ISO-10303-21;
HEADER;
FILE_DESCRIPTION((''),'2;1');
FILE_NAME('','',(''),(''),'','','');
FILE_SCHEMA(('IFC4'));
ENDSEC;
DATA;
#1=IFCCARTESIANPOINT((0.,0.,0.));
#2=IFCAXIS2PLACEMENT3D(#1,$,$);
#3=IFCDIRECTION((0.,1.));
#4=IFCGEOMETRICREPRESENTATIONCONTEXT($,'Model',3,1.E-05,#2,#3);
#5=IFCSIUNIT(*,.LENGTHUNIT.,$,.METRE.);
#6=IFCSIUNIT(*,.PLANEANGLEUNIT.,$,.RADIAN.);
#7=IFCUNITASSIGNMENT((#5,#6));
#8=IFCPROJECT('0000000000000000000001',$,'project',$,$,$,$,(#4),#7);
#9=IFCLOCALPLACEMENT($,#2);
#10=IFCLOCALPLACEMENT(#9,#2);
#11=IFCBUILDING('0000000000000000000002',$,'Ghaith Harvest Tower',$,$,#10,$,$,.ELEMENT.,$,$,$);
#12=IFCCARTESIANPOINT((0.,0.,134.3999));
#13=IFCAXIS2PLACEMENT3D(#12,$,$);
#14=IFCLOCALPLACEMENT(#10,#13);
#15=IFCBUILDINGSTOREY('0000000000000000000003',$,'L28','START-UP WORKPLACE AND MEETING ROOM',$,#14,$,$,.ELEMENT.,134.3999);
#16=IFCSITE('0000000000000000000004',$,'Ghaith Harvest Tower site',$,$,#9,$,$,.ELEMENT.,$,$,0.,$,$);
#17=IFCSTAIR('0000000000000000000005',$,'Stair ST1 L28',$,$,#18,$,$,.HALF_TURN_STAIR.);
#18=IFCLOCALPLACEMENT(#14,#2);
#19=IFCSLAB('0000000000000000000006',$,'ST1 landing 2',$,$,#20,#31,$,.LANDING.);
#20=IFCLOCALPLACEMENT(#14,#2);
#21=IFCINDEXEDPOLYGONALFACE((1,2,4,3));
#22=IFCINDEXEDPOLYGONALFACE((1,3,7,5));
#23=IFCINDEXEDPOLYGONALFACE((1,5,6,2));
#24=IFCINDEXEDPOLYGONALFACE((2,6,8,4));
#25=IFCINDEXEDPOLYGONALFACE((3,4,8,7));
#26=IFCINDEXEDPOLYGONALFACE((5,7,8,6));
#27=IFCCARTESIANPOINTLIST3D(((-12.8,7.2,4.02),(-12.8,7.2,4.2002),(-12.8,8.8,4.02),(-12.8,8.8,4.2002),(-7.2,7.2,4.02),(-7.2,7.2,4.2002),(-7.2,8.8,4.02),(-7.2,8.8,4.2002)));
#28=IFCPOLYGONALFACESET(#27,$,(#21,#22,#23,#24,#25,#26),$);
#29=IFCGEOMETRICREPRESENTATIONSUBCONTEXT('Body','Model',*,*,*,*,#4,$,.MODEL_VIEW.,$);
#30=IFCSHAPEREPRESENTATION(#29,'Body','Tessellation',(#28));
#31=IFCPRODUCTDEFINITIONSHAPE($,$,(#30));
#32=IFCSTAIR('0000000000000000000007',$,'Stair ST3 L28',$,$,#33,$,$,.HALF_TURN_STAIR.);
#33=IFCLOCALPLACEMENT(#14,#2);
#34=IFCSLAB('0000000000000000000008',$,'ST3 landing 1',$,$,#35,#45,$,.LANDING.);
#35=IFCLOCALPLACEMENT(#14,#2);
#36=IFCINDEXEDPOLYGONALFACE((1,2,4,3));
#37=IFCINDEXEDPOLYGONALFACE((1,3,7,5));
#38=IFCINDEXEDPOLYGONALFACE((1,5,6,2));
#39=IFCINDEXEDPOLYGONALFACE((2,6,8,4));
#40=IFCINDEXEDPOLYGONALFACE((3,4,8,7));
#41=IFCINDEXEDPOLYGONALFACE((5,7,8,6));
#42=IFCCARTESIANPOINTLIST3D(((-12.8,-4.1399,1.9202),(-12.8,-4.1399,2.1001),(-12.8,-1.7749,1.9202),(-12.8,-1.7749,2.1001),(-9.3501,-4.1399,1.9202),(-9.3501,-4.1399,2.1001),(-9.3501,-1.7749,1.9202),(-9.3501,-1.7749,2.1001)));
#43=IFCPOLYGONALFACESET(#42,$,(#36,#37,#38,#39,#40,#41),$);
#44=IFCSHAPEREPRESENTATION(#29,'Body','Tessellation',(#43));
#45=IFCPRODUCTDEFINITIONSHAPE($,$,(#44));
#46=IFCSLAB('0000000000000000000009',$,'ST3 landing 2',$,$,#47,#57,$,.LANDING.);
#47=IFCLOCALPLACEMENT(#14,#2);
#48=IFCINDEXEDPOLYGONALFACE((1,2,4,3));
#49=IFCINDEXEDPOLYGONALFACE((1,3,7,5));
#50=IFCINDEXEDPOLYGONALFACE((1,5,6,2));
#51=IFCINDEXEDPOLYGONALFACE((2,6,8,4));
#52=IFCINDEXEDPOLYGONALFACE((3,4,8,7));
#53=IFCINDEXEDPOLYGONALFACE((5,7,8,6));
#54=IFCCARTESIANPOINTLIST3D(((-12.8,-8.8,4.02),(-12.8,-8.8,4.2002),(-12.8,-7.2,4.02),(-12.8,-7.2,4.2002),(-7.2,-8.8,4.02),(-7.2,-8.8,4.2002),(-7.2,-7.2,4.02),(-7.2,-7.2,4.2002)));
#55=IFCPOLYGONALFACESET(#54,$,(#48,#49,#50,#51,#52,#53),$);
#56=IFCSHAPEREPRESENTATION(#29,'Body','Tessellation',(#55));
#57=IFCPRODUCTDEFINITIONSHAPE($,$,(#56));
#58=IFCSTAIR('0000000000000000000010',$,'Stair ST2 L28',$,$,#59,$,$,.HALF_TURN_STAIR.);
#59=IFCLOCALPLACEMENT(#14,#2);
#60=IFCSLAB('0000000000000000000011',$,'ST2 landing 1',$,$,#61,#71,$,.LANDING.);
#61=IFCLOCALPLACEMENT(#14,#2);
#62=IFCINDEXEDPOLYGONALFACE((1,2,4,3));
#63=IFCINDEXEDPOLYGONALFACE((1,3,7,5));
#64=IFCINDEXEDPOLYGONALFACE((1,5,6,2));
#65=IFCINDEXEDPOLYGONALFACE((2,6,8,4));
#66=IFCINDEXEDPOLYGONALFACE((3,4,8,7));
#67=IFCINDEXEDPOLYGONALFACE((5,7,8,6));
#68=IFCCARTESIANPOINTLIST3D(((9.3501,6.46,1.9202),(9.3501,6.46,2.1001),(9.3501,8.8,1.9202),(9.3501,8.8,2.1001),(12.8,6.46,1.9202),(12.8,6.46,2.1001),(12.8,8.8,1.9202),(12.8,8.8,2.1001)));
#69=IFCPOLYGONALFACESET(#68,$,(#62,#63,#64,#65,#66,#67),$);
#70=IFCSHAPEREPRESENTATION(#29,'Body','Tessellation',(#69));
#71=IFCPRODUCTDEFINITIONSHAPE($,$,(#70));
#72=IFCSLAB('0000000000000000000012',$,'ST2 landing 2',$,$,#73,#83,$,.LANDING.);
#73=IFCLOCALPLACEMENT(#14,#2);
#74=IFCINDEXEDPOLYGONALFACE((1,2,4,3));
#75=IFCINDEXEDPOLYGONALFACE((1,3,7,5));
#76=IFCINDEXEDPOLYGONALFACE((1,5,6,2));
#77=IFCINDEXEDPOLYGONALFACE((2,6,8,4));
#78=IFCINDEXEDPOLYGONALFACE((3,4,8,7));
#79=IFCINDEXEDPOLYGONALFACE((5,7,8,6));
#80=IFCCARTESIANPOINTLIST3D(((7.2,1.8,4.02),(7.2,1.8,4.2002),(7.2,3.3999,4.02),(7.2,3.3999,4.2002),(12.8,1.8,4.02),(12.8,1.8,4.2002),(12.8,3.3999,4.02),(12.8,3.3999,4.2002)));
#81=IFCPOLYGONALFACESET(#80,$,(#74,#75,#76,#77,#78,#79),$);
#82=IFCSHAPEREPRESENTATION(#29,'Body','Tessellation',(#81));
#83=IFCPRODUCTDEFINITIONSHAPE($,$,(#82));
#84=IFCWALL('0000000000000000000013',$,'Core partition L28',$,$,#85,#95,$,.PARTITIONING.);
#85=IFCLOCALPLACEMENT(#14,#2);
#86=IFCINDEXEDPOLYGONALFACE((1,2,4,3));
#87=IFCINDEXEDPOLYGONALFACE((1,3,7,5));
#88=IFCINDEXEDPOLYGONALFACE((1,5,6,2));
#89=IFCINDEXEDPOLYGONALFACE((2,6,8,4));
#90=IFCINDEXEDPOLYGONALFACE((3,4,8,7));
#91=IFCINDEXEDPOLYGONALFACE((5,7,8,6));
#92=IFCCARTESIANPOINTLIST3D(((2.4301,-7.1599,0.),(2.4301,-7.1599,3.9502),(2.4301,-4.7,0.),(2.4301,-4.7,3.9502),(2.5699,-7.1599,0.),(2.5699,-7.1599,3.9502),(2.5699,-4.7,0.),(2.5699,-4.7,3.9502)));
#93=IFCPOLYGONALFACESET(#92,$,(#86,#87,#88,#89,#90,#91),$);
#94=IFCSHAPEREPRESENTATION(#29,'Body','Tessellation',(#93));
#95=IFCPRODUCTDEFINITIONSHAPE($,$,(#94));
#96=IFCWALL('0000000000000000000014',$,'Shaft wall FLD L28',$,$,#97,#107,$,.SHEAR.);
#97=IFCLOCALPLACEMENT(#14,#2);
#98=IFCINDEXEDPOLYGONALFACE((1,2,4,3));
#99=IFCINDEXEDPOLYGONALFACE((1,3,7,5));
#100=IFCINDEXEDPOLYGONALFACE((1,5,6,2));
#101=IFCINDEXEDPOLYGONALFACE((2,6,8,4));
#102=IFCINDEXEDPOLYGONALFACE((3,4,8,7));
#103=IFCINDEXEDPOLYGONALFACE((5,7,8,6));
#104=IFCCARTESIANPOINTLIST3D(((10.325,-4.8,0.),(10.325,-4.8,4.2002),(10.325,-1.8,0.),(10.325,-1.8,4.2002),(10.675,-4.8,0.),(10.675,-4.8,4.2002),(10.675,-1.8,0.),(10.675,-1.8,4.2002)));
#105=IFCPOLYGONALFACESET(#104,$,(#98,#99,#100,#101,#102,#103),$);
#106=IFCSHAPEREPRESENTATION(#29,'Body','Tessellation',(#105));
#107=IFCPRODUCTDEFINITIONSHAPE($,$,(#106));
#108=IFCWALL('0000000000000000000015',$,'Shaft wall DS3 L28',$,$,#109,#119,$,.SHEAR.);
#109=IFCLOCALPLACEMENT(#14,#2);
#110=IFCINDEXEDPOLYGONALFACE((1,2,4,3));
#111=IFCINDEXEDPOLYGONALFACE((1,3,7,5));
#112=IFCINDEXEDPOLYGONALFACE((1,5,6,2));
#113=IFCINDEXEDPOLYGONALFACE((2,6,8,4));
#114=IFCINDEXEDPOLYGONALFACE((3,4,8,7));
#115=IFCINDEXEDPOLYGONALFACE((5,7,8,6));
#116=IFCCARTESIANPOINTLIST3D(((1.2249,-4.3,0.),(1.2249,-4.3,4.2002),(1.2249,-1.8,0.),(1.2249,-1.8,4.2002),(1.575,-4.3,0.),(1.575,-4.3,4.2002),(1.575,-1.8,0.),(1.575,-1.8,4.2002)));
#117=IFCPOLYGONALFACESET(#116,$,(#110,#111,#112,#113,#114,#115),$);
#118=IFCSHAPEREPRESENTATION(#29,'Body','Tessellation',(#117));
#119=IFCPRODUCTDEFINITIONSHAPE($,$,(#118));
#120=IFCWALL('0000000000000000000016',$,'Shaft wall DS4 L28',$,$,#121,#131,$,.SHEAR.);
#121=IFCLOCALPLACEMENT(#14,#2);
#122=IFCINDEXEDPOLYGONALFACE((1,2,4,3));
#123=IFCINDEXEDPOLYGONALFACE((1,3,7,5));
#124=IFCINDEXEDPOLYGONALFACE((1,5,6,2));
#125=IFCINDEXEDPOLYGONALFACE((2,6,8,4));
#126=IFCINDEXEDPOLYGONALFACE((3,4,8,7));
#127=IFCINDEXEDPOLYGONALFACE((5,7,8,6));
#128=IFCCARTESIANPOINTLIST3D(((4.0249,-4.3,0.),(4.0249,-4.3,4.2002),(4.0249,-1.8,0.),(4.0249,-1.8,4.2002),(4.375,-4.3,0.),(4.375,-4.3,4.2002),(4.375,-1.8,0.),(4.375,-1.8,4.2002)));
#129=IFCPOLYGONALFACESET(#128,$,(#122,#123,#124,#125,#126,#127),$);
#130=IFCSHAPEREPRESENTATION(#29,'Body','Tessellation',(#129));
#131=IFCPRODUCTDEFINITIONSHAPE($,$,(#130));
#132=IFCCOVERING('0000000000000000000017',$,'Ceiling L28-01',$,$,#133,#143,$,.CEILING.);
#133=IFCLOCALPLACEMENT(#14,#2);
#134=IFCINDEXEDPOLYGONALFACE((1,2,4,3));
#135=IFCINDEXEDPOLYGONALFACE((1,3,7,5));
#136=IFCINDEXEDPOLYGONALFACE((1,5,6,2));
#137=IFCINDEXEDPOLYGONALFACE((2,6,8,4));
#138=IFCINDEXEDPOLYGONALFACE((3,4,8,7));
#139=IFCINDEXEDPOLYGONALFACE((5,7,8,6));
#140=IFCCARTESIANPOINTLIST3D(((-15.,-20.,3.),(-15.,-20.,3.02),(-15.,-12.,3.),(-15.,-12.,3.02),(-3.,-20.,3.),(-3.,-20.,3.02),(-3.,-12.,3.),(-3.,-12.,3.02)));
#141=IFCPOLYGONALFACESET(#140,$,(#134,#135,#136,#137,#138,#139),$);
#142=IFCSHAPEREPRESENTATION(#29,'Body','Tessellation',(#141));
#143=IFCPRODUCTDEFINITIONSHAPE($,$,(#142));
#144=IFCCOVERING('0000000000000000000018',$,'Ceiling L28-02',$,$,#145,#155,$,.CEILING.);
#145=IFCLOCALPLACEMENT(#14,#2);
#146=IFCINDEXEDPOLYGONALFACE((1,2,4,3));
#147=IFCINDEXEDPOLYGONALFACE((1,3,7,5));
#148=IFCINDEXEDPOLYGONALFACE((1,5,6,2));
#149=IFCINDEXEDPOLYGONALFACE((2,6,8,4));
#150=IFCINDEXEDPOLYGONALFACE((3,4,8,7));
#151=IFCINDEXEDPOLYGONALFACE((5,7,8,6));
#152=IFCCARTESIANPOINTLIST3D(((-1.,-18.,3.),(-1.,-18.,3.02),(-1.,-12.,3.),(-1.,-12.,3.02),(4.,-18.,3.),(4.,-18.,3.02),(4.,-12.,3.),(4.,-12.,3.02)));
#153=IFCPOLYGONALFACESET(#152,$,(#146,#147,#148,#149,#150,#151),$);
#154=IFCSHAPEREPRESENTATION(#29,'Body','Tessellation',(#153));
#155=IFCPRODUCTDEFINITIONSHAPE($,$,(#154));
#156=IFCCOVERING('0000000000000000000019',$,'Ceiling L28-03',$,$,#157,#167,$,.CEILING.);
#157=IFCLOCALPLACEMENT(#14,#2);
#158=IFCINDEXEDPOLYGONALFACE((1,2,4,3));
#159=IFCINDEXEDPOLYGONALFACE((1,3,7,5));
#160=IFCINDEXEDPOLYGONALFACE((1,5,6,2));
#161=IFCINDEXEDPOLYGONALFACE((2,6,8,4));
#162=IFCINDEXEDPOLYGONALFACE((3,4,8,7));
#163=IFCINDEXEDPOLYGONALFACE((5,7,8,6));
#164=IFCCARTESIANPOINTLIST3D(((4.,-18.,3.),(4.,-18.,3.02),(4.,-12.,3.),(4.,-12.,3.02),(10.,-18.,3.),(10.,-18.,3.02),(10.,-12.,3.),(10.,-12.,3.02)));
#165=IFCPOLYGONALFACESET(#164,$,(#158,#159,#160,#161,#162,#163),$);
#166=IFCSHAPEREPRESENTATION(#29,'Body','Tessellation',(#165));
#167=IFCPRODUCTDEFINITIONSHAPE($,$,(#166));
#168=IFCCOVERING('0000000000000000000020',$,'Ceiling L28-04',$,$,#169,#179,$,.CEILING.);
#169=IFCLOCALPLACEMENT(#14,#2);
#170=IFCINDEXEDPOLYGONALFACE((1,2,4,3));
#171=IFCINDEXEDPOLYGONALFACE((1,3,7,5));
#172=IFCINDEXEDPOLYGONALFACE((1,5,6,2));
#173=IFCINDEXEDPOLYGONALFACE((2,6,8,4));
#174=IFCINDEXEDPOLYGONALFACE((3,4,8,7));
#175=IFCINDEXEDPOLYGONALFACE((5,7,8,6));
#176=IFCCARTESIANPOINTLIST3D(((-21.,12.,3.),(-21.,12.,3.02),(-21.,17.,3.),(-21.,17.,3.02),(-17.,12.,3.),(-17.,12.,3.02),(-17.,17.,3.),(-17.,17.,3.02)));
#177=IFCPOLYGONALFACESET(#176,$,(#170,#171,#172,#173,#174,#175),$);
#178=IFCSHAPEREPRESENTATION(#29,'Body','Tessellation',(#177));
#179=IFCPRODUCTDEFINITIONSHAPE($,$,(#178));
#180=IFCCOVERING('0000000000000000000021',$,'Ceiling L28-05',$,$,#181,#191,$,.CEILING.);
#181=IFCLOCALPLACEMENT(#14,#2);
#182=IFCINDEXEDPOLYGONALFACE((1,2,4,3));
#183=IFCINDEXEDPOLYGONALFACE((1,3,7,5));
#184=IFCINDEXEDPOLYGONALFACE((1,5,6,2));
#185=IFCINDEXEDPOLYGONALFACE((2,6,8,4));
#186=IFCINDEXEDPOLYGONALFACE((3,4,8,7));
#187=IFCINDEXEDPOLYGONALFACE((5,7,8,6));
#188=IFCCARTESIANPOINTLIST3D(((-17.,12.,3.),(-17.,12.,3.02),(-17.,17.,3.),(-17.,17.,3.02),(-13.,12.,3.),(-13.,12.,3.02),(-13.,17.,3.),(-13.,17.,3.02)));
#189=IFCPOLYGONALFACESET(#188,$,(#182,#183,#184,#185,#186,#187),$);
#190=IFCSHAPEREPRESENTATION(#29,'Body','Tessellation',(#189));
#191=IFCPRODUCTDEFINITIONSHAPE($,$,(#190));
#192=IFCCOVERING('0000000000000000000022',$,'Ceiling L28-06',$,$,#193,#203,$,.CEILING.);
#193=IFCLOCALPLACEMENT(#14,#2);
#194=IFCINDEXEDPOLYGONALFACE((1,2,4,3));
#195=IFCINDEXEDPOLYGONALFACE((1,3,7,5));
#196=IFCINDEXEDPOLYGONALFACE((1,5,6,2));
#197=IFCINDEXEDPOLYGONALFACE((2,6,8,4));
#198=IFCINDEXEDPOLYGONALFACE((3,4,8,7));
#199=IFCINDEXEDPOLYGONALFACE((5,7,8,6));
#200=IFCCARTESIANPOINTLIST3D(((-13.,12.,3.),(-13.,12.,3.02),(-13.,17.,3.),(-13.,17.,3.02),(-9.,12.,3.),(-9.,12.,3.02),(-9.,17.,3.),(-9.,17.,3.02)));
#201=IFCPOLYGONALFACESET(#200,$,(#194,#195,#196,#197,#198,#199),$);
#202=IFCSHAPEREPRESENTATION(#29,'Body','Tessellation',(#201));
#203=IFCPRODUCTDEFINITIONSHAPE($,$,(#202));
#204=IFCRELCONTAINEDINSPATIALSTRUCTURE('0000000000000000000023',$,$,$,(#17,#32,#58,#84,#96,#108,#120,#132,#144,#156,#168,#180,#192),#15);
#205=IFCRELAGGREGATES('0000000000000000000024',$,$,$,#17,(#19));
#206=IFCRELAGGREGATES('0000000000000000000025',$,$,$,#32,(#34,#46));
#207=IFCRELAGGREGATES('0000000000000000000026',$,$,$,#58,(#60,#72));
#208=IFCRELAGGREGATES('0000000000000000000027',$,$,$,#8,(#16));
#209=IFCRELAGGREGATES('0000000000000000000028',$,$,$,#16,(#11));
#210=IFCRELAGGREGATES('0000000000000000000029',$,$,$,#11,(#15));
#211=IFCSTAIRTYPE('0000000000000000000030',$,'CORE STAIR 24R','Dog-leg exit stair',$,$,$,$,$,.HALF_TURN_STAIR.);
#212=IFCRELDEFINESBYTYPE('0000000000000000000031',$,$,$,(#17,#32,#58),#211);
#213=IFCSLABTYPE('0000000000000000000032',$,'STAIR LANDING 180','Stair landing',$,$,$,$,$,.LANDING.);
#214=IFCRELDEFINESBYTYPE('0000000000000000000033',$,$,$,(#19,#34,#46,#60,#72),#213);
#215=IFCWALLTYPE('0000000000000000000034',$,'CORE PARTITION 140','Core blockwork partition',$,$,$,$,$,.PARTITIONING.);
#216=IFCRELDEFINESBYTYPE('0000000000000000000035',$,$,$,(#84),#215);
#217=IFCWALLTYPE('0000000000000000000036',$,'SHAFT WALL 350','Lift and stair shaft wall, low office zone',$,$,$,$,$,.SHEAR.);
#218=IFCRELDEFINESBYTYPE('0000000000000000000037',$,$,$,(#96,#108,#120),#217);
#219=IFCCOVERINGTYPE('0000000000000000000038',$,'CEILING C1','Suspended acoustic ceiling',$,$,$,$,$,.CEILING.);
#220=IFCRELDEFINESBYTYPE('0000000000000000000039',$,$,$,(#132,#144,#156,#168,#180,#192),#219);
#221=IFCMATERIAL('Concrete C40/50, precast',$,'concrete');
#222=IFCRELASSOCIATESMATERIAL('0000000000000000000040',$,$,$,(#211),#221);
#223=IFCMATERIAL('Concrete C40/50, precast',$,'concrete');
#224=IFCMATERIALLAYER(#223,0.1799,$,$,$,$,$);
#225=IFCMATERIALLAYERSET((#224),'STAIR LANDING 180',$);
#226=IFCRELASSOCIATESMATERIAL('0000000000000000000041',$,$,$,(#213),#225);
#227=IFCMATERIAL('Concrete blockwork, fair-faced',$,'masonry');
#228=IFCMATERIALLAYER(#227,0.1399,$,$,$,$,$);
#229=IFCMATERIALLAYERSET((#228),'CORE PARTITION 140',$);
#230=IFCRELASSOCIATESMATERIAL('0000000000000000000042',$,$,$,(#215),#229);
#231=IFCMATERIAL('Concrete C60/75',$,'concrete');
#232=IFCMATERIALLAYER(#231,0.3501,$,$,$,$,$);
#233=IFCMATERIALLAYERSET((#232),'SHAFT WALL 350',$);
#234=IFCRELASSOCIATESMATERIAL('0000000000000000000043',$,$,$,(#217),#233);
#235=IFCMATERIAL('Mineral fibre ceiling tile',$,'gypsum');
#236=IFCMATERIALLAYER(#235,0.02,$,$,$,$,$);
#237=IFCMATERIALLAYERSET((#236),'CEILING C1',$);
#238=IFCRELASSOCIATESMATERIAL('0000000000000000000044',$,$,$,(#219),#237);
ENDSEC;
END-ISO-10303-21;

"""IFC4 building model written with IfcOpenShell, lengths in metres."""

from ifc_helpers import new_model, si_unit, direction, frame, frame_2d, origin, place, context, subcontext, project, spatial, polyline, rectangle, outline, extrude, material, layer, layer_set, type_object, element, aggregate, save


model = new_model("IFC4")

# Units and contexts
model_context = context("Model", 3, precision=1e-05, world=origin(), true_north=direction((0.0, 1.0)))
body_context = subcontext(model_context, "Body", "Model", "MODEL_VIEW")
ifc_project = project(units=[si_unit("LENGTHUNIT", "METRE"), si_unit("PLANEANGLEUNIT", "RADIAN")], contexts=[model_context])

# Site, building, storey
site_placement = place(None, origin())
site = spatial("IfcSite", under=ifc_project, at=site_placement, Name="Ghaith Harvest Tower site", CompositionType="ELEMENT", RefElevation=0.0)
building_placement = place(site_placement, origin())
building = spatial("IfcBuilding", under=site, at=building_placement, Name="Ghaith Harvest Tower", CompositionType="ELEMENT")
storey_placement = place(building_placement, frame((0.0, 0.0, 134.3999)))
storey = spatial("IfcBuildingStorey", under=building, at=storey_placement, Name="L28", Description="START-UP WORKPLACE AND MEETING ROOM", CompositionType="ELEMENT", Elevation=134.3999)

# Stair, slab
ifc_material_1 = material(Name="Concrete C40/50, precast", Category="concrete")
stair_type = type_object("IfcStairType", Name="CORE STAIR 24R", Description="Dog-leg exit stair", PredefinedType="HALF_TURN_STAIR", material=ifc_material_1)
stair_1_placement = place(storey_placement, origin())
stair_1 = element("IfcStair", 1, at=stair_1_placement, inside=storey, type_object=stair_type, Name="Stair ST1 L28", PredefinedType="HALF_TURN_STAIR")
ifc_material_2 = material(Name="Concrete C40/50, precast", Category="concrete")
ifc_layer_1 = layer(ifc_material_2, 0.1799)
ifc_layer_set_1 = layer_set([ifc_layer_1], Name="STAIR LANDING 180")
slab_type = type_object("IfcSlabType", Name="STAIR LANDING 180", Description="Stair landing", PredefinedType="LANDING", material=ifc_layer_set_1)
slab_1_placement = place(storey_placement, frame((0.0, 0.0, 4.02)))
slab_1 = element("IfcSlab", 2, at=slab_1_placement, type_object=slab_type, Name="ST1 landing 2", PredefinedType="LANDING", context=body_context, shape_type="SweptSolid", body=[
    extrude(outline(polyline([(-12.8, 8.8), (-12.8, 7.2), (-7.2, 7.2), (-7.2, 8.8), (-12.8, 8.8)])), origin(), (0.0, 0.0, 1.0), 0.1802),
])
aggregate(stair_1, [slab_1])

# Stairs, slabs
stair_2_placement = place(storey_placement, origin())
stair_2 = element("IfcStair", 3, at=stair_2_placement, inside=storey, type_object=stair_type, Name="Stair ST3 L28", PredefinedType="HALF_TURN_STAIR")
slab_2_placement = place(storey_placement, frame((0.0, 0.0, 1.9202)))
slab_2 = element("IfcSlab", 4, at=slab_2_placement, type_object=slab_type, Name="ST3 landing 1", PredefinedType="LANDING", context=body_context, shape_type="SweptSolid", body=[
    extrude(outline(polyline([(-12.8, -4.1399), (-12.8, -1.7749), (-9.3501, -1.7749), (-9.3501, -4.1399), (-12.8, -4.1399)])), origin(), (0.0, 0.0, 1.0), 0.1799),
])
slab_3_placement = place(storey_placement, frame((0.0, 0.0, 4.02)))
slab_3 = element("IfcSlab", 5, at=slab_3_placement, type_object=slab_type, Name="ST3 landing 2", PredefinedType="LANDING", context=body_context, shape_type="SweptSolid", body=[
    extrude(outline(polyline([(-12.8, -8.8), (-12.8, -7.2), (-7.2, -7.2), (-7.2, -8.8), (-12.8, -8.8)])), origin(), (0.0, 0.0, 1.0), 0.1802),
])
aggregate(stair_2, [slab_2, slab_3])
stair_3_placement = place(storey_placement, origin())
stair_3 = element("IfcStair", 6, at=stair_3_placement, inside=storey, type_object=stair_type, Name="Stair ST2 L28", PredefinedType="HALF_TURN_STAIR")
slab_4_placement = place(storey_placement, frame((0.0, 0.0, 1.9202)))
slab_4 = element("IfcSlab", 7, at=slab_4_placement, type_object=slab_type, Name="ST2 landing 1", PredefinedType="LANDING", context=body_context, shape_type="SweptSolid", body=[
    extrude(outline(polyline([(12.8, 6.46), (12.8, 8.8), (9.3501, 8.8), (9.3501, 6.46), (12.8, 6.46)])), origin(), (0.0, 0.0, 1.0), 0.1799),
])
slab_5_placement = place(storey_placement, frame((0.0, 0.0, 4.02)))
slab_5 = element("IfcSlab", 8, at=slab_5_placement, type_object=slab_type, Name="ST2 landing 2", PredefinedType="LANDING", context=body_context, shape_type="SweptSolid", body=[
    extrude(outline(polyline([(12.8, 1.8), (12.8, 3.3999), (7.2, 3.3999), (7.2, 1.8), (12.8, 1.8)])), origin(), (0.0, 0.0, 1.0), 0.1802),
])
aggregate(stair_3, [slab_4, slab_5])

# Wall
ifc_material_3 = material(Name="Concrete blockwork, fair-faced", Category="masonry")
ifc_layer_2 = layer(ifc_material_3, 0.1399)
ifc_layer_set_2 = layer_set([ifc_layer_2], Name="CORE PARTITION 140")
wall_type_1 = type_object("IfcWallType", Name="CORE PARTITION 140", Description="Core blockwork partition", PredefinedType="PARTITIONING", material=ifc_layer_set_2)
wall_1_placement = place(storey_placement, frame((2.5, -4.7, 0.0), z_axis=(0.0, 0.0, 1.0), x_axis=(0.0, -1.0, 0.0)))
element("IfcWall", 9, at=wall_1_placement, inside=storey, type_object=wall_type_1, Name="Core partition L28", PredefinedType="PARTITIONING", context=body_context, shape_type="SweptSolid", body=[
    extrude(rectangle(XDim=2.46, YDim=0.1399, at=frame_2d((1.23, 0.0))), origin(), (0.0, 0.0, 1.0), 3.9502),
])

# Shared definitions
ifc_material_4 = material(Name="Concrete C60/75", Category="concrete")
ifc_layer_3 = layer(ifc_material_4, 0.3501)
ifc_layer_set_3 = layer_set([ifc_layer_3], Name="SHAFT WALL 350")
wall_type_2 = type_object("IfcWallType", Name="SHAFT WALL 350", Description="Lift and stair shaft wall, low office zone", PredefinedType="SHEAR", material=ifc_layer_set_3)

# Walls
wall_2_placement = place(storey_placement, frame((10.5, -4.8, 0.0), z_axis=(0.0, 0.0, 1.0), x_axis=(0.0, 1.0, 0.0)))
element("IfcWall", 10, at=wall_2_placement, inside=storey, type_object=wall_type_2, Name="Shaft wall FLD L28", PredefinedType="SHEAR", context=body_context, shape_type="SweptSolid", body=[
    extrude(rectangle(XDim=3.0, YDim=0.3501, at=frame_2d((1.5, 0.0))), origin(), (0.0, 0.0, 1.0), 4.2002),
])
for number, where, z_axis, x_axis, name in (
    (11, (1.3999, -4.3, 0.0), (0.0, 0.0, 1.0), (0.0, 1.0, 0.0), "Shaft wall DS3 L28"),
    (12, (4.2, -4.3, 0.0), (0.0, 0.0, 1.0), (0.0, 1.0, 0.0), "Shaft wall DS4 L28"),
):
    element("IfcWall", number, at=place(storey_placement, frame(where, z_axis=z_axis, x_axis=x_axis)), inside=storey, type_object=wall_type_2, Name=name, PredefinedType="SHEAR", context=body_context, shape_type="SweptSolid", body=[
        extrude(rectangle(XDim=2.5, YDim=0.3501, at=frame_2d((1.25, 0.0))), origin(), (0.0, 0.0, 1.0), 4.2002),
    ])

# Coverings
ifc_material_5 = material(Name="Mineral fibre ceiling tile", Category="gypsum")
ifc_layer_4 = layer(ifc_material_5, 0.02)
ifc_layer_set_4 = layer_set([ifc_layer_4], Name="CEILING C1")
covering_type = type_object("IfcCoveringType", Name="CEILING C1", Description="Suspended acoustic ceiling", PredefinedType="CEILING", material=ifc_layer_set_4)
covering_1_placement = place(storey_placement, frame((0.0, 0.0, 3.0)))
element("IfcCovering", 13, at=covering_1_placement, inside=storey, type_object=covering_type, Name="Ceiling L28-01", PredefinedType="CEILING", context=body_context, shape_type="SweptSolid", body=[
    extrude(outline(polyline([(-15.0, -20.0), (-3.0, -20.0), (-3.0, -12.0), (-15.0, -12.0), (-15.0, -20.0)])), origin(), (0.0, 0.0, 1.0), 0.02),
])
covering_2_placement = place(storey_placement, frame((0.0, 0.0, 3.0)))
element("IfcCovering", 14, at=covering_2_placement, inside=storey, type_object=covering_type, Name="Ceiling L28-02", PredefinedType="CEILING", context=body_context, shape_type="SweptSolid", body=[
    extrude(outline(polyline([(-1.0, -18.0), (4.0, -18.0), (4.0, -12.0), (-1.0, -12.0), (-1.0, -18.0)])), origin(), (0.0, 0.0, 1.0), 0.02),
])
covering_3_placement = place(storey_placement, frame((0.0, 0.0, 3.0)))
element("IfcCovering", 15, at=covering_3_placement, inside=storey, type_object=covering_type, Name="Ceiling L28-03", PredefinedType="CEILING", context=body_context, shape_type="SweptSolid", body=[
    extrude(outline(polyline([(4.0, -18.0), (10.0, -18.0), (10.0, -12.0), (4.0, -12.0), (4.0, -18.0)])), origin(), (0.0, 0.0, 1.0), 0.02),
])
covering_4_placement = place(storey_placement, frame((0.0, 0.0, 3.0)))
element("IfcCovering", 16, at=covering_4_placement, inside=storey, type_object=covering_type, Name="Ceiling L28-04", PredefinedType="CEILING", context=body_context, shape_type="SweptSolid", body=[
    extrude(outline(polyline([(-21.0, 12.0), (-17.0, 12.0), (-17.0, 17.0), (-21.0, 17.0), (-21.0, 12.0)])), origin(), (0.0, 0.0, 1.0), 0.02),
])
covering_5_placement = place(storey_placement, frame((0.0, 0.0, 3.0)))
element("IfcCovering", 17, at=covering_5_placement, inside=storey, type_object=covering_type, Name="Ceiling L28-05", PredefinedType="CEILING", context=body_context, shape_type="SweptSolid", body=[
    extrude(outline(polyline([(-17.0, 12.0), (-13.0, 12.0), (-13.0, 17.0), (-17.0, 17.0), (-17.0, 12.0)])), origin(), (0.0, 0.0, 1.0), 0.02),
])
covering_6_placement = place(storey_placement, frame((0.0, 0.0, 3.0)))
element("IfcCovering", 18, at=covering_6_placement, inside=storey, type_object=covering_type, Name="Ceiling L28-06", PredefinedType="CEILING", context=body_context, shape_type="SweptSolid", body=[
    extrude(outline(polyline([(-13.0, 12.0), (-9.0, 12.0), (-9.0, 17.0), (-13.0, 17.0), (-13.0, 12.0)])), origin(), (0.0, 0.0, 1.0), 0.02),
])

save(model, "model.ifc")
